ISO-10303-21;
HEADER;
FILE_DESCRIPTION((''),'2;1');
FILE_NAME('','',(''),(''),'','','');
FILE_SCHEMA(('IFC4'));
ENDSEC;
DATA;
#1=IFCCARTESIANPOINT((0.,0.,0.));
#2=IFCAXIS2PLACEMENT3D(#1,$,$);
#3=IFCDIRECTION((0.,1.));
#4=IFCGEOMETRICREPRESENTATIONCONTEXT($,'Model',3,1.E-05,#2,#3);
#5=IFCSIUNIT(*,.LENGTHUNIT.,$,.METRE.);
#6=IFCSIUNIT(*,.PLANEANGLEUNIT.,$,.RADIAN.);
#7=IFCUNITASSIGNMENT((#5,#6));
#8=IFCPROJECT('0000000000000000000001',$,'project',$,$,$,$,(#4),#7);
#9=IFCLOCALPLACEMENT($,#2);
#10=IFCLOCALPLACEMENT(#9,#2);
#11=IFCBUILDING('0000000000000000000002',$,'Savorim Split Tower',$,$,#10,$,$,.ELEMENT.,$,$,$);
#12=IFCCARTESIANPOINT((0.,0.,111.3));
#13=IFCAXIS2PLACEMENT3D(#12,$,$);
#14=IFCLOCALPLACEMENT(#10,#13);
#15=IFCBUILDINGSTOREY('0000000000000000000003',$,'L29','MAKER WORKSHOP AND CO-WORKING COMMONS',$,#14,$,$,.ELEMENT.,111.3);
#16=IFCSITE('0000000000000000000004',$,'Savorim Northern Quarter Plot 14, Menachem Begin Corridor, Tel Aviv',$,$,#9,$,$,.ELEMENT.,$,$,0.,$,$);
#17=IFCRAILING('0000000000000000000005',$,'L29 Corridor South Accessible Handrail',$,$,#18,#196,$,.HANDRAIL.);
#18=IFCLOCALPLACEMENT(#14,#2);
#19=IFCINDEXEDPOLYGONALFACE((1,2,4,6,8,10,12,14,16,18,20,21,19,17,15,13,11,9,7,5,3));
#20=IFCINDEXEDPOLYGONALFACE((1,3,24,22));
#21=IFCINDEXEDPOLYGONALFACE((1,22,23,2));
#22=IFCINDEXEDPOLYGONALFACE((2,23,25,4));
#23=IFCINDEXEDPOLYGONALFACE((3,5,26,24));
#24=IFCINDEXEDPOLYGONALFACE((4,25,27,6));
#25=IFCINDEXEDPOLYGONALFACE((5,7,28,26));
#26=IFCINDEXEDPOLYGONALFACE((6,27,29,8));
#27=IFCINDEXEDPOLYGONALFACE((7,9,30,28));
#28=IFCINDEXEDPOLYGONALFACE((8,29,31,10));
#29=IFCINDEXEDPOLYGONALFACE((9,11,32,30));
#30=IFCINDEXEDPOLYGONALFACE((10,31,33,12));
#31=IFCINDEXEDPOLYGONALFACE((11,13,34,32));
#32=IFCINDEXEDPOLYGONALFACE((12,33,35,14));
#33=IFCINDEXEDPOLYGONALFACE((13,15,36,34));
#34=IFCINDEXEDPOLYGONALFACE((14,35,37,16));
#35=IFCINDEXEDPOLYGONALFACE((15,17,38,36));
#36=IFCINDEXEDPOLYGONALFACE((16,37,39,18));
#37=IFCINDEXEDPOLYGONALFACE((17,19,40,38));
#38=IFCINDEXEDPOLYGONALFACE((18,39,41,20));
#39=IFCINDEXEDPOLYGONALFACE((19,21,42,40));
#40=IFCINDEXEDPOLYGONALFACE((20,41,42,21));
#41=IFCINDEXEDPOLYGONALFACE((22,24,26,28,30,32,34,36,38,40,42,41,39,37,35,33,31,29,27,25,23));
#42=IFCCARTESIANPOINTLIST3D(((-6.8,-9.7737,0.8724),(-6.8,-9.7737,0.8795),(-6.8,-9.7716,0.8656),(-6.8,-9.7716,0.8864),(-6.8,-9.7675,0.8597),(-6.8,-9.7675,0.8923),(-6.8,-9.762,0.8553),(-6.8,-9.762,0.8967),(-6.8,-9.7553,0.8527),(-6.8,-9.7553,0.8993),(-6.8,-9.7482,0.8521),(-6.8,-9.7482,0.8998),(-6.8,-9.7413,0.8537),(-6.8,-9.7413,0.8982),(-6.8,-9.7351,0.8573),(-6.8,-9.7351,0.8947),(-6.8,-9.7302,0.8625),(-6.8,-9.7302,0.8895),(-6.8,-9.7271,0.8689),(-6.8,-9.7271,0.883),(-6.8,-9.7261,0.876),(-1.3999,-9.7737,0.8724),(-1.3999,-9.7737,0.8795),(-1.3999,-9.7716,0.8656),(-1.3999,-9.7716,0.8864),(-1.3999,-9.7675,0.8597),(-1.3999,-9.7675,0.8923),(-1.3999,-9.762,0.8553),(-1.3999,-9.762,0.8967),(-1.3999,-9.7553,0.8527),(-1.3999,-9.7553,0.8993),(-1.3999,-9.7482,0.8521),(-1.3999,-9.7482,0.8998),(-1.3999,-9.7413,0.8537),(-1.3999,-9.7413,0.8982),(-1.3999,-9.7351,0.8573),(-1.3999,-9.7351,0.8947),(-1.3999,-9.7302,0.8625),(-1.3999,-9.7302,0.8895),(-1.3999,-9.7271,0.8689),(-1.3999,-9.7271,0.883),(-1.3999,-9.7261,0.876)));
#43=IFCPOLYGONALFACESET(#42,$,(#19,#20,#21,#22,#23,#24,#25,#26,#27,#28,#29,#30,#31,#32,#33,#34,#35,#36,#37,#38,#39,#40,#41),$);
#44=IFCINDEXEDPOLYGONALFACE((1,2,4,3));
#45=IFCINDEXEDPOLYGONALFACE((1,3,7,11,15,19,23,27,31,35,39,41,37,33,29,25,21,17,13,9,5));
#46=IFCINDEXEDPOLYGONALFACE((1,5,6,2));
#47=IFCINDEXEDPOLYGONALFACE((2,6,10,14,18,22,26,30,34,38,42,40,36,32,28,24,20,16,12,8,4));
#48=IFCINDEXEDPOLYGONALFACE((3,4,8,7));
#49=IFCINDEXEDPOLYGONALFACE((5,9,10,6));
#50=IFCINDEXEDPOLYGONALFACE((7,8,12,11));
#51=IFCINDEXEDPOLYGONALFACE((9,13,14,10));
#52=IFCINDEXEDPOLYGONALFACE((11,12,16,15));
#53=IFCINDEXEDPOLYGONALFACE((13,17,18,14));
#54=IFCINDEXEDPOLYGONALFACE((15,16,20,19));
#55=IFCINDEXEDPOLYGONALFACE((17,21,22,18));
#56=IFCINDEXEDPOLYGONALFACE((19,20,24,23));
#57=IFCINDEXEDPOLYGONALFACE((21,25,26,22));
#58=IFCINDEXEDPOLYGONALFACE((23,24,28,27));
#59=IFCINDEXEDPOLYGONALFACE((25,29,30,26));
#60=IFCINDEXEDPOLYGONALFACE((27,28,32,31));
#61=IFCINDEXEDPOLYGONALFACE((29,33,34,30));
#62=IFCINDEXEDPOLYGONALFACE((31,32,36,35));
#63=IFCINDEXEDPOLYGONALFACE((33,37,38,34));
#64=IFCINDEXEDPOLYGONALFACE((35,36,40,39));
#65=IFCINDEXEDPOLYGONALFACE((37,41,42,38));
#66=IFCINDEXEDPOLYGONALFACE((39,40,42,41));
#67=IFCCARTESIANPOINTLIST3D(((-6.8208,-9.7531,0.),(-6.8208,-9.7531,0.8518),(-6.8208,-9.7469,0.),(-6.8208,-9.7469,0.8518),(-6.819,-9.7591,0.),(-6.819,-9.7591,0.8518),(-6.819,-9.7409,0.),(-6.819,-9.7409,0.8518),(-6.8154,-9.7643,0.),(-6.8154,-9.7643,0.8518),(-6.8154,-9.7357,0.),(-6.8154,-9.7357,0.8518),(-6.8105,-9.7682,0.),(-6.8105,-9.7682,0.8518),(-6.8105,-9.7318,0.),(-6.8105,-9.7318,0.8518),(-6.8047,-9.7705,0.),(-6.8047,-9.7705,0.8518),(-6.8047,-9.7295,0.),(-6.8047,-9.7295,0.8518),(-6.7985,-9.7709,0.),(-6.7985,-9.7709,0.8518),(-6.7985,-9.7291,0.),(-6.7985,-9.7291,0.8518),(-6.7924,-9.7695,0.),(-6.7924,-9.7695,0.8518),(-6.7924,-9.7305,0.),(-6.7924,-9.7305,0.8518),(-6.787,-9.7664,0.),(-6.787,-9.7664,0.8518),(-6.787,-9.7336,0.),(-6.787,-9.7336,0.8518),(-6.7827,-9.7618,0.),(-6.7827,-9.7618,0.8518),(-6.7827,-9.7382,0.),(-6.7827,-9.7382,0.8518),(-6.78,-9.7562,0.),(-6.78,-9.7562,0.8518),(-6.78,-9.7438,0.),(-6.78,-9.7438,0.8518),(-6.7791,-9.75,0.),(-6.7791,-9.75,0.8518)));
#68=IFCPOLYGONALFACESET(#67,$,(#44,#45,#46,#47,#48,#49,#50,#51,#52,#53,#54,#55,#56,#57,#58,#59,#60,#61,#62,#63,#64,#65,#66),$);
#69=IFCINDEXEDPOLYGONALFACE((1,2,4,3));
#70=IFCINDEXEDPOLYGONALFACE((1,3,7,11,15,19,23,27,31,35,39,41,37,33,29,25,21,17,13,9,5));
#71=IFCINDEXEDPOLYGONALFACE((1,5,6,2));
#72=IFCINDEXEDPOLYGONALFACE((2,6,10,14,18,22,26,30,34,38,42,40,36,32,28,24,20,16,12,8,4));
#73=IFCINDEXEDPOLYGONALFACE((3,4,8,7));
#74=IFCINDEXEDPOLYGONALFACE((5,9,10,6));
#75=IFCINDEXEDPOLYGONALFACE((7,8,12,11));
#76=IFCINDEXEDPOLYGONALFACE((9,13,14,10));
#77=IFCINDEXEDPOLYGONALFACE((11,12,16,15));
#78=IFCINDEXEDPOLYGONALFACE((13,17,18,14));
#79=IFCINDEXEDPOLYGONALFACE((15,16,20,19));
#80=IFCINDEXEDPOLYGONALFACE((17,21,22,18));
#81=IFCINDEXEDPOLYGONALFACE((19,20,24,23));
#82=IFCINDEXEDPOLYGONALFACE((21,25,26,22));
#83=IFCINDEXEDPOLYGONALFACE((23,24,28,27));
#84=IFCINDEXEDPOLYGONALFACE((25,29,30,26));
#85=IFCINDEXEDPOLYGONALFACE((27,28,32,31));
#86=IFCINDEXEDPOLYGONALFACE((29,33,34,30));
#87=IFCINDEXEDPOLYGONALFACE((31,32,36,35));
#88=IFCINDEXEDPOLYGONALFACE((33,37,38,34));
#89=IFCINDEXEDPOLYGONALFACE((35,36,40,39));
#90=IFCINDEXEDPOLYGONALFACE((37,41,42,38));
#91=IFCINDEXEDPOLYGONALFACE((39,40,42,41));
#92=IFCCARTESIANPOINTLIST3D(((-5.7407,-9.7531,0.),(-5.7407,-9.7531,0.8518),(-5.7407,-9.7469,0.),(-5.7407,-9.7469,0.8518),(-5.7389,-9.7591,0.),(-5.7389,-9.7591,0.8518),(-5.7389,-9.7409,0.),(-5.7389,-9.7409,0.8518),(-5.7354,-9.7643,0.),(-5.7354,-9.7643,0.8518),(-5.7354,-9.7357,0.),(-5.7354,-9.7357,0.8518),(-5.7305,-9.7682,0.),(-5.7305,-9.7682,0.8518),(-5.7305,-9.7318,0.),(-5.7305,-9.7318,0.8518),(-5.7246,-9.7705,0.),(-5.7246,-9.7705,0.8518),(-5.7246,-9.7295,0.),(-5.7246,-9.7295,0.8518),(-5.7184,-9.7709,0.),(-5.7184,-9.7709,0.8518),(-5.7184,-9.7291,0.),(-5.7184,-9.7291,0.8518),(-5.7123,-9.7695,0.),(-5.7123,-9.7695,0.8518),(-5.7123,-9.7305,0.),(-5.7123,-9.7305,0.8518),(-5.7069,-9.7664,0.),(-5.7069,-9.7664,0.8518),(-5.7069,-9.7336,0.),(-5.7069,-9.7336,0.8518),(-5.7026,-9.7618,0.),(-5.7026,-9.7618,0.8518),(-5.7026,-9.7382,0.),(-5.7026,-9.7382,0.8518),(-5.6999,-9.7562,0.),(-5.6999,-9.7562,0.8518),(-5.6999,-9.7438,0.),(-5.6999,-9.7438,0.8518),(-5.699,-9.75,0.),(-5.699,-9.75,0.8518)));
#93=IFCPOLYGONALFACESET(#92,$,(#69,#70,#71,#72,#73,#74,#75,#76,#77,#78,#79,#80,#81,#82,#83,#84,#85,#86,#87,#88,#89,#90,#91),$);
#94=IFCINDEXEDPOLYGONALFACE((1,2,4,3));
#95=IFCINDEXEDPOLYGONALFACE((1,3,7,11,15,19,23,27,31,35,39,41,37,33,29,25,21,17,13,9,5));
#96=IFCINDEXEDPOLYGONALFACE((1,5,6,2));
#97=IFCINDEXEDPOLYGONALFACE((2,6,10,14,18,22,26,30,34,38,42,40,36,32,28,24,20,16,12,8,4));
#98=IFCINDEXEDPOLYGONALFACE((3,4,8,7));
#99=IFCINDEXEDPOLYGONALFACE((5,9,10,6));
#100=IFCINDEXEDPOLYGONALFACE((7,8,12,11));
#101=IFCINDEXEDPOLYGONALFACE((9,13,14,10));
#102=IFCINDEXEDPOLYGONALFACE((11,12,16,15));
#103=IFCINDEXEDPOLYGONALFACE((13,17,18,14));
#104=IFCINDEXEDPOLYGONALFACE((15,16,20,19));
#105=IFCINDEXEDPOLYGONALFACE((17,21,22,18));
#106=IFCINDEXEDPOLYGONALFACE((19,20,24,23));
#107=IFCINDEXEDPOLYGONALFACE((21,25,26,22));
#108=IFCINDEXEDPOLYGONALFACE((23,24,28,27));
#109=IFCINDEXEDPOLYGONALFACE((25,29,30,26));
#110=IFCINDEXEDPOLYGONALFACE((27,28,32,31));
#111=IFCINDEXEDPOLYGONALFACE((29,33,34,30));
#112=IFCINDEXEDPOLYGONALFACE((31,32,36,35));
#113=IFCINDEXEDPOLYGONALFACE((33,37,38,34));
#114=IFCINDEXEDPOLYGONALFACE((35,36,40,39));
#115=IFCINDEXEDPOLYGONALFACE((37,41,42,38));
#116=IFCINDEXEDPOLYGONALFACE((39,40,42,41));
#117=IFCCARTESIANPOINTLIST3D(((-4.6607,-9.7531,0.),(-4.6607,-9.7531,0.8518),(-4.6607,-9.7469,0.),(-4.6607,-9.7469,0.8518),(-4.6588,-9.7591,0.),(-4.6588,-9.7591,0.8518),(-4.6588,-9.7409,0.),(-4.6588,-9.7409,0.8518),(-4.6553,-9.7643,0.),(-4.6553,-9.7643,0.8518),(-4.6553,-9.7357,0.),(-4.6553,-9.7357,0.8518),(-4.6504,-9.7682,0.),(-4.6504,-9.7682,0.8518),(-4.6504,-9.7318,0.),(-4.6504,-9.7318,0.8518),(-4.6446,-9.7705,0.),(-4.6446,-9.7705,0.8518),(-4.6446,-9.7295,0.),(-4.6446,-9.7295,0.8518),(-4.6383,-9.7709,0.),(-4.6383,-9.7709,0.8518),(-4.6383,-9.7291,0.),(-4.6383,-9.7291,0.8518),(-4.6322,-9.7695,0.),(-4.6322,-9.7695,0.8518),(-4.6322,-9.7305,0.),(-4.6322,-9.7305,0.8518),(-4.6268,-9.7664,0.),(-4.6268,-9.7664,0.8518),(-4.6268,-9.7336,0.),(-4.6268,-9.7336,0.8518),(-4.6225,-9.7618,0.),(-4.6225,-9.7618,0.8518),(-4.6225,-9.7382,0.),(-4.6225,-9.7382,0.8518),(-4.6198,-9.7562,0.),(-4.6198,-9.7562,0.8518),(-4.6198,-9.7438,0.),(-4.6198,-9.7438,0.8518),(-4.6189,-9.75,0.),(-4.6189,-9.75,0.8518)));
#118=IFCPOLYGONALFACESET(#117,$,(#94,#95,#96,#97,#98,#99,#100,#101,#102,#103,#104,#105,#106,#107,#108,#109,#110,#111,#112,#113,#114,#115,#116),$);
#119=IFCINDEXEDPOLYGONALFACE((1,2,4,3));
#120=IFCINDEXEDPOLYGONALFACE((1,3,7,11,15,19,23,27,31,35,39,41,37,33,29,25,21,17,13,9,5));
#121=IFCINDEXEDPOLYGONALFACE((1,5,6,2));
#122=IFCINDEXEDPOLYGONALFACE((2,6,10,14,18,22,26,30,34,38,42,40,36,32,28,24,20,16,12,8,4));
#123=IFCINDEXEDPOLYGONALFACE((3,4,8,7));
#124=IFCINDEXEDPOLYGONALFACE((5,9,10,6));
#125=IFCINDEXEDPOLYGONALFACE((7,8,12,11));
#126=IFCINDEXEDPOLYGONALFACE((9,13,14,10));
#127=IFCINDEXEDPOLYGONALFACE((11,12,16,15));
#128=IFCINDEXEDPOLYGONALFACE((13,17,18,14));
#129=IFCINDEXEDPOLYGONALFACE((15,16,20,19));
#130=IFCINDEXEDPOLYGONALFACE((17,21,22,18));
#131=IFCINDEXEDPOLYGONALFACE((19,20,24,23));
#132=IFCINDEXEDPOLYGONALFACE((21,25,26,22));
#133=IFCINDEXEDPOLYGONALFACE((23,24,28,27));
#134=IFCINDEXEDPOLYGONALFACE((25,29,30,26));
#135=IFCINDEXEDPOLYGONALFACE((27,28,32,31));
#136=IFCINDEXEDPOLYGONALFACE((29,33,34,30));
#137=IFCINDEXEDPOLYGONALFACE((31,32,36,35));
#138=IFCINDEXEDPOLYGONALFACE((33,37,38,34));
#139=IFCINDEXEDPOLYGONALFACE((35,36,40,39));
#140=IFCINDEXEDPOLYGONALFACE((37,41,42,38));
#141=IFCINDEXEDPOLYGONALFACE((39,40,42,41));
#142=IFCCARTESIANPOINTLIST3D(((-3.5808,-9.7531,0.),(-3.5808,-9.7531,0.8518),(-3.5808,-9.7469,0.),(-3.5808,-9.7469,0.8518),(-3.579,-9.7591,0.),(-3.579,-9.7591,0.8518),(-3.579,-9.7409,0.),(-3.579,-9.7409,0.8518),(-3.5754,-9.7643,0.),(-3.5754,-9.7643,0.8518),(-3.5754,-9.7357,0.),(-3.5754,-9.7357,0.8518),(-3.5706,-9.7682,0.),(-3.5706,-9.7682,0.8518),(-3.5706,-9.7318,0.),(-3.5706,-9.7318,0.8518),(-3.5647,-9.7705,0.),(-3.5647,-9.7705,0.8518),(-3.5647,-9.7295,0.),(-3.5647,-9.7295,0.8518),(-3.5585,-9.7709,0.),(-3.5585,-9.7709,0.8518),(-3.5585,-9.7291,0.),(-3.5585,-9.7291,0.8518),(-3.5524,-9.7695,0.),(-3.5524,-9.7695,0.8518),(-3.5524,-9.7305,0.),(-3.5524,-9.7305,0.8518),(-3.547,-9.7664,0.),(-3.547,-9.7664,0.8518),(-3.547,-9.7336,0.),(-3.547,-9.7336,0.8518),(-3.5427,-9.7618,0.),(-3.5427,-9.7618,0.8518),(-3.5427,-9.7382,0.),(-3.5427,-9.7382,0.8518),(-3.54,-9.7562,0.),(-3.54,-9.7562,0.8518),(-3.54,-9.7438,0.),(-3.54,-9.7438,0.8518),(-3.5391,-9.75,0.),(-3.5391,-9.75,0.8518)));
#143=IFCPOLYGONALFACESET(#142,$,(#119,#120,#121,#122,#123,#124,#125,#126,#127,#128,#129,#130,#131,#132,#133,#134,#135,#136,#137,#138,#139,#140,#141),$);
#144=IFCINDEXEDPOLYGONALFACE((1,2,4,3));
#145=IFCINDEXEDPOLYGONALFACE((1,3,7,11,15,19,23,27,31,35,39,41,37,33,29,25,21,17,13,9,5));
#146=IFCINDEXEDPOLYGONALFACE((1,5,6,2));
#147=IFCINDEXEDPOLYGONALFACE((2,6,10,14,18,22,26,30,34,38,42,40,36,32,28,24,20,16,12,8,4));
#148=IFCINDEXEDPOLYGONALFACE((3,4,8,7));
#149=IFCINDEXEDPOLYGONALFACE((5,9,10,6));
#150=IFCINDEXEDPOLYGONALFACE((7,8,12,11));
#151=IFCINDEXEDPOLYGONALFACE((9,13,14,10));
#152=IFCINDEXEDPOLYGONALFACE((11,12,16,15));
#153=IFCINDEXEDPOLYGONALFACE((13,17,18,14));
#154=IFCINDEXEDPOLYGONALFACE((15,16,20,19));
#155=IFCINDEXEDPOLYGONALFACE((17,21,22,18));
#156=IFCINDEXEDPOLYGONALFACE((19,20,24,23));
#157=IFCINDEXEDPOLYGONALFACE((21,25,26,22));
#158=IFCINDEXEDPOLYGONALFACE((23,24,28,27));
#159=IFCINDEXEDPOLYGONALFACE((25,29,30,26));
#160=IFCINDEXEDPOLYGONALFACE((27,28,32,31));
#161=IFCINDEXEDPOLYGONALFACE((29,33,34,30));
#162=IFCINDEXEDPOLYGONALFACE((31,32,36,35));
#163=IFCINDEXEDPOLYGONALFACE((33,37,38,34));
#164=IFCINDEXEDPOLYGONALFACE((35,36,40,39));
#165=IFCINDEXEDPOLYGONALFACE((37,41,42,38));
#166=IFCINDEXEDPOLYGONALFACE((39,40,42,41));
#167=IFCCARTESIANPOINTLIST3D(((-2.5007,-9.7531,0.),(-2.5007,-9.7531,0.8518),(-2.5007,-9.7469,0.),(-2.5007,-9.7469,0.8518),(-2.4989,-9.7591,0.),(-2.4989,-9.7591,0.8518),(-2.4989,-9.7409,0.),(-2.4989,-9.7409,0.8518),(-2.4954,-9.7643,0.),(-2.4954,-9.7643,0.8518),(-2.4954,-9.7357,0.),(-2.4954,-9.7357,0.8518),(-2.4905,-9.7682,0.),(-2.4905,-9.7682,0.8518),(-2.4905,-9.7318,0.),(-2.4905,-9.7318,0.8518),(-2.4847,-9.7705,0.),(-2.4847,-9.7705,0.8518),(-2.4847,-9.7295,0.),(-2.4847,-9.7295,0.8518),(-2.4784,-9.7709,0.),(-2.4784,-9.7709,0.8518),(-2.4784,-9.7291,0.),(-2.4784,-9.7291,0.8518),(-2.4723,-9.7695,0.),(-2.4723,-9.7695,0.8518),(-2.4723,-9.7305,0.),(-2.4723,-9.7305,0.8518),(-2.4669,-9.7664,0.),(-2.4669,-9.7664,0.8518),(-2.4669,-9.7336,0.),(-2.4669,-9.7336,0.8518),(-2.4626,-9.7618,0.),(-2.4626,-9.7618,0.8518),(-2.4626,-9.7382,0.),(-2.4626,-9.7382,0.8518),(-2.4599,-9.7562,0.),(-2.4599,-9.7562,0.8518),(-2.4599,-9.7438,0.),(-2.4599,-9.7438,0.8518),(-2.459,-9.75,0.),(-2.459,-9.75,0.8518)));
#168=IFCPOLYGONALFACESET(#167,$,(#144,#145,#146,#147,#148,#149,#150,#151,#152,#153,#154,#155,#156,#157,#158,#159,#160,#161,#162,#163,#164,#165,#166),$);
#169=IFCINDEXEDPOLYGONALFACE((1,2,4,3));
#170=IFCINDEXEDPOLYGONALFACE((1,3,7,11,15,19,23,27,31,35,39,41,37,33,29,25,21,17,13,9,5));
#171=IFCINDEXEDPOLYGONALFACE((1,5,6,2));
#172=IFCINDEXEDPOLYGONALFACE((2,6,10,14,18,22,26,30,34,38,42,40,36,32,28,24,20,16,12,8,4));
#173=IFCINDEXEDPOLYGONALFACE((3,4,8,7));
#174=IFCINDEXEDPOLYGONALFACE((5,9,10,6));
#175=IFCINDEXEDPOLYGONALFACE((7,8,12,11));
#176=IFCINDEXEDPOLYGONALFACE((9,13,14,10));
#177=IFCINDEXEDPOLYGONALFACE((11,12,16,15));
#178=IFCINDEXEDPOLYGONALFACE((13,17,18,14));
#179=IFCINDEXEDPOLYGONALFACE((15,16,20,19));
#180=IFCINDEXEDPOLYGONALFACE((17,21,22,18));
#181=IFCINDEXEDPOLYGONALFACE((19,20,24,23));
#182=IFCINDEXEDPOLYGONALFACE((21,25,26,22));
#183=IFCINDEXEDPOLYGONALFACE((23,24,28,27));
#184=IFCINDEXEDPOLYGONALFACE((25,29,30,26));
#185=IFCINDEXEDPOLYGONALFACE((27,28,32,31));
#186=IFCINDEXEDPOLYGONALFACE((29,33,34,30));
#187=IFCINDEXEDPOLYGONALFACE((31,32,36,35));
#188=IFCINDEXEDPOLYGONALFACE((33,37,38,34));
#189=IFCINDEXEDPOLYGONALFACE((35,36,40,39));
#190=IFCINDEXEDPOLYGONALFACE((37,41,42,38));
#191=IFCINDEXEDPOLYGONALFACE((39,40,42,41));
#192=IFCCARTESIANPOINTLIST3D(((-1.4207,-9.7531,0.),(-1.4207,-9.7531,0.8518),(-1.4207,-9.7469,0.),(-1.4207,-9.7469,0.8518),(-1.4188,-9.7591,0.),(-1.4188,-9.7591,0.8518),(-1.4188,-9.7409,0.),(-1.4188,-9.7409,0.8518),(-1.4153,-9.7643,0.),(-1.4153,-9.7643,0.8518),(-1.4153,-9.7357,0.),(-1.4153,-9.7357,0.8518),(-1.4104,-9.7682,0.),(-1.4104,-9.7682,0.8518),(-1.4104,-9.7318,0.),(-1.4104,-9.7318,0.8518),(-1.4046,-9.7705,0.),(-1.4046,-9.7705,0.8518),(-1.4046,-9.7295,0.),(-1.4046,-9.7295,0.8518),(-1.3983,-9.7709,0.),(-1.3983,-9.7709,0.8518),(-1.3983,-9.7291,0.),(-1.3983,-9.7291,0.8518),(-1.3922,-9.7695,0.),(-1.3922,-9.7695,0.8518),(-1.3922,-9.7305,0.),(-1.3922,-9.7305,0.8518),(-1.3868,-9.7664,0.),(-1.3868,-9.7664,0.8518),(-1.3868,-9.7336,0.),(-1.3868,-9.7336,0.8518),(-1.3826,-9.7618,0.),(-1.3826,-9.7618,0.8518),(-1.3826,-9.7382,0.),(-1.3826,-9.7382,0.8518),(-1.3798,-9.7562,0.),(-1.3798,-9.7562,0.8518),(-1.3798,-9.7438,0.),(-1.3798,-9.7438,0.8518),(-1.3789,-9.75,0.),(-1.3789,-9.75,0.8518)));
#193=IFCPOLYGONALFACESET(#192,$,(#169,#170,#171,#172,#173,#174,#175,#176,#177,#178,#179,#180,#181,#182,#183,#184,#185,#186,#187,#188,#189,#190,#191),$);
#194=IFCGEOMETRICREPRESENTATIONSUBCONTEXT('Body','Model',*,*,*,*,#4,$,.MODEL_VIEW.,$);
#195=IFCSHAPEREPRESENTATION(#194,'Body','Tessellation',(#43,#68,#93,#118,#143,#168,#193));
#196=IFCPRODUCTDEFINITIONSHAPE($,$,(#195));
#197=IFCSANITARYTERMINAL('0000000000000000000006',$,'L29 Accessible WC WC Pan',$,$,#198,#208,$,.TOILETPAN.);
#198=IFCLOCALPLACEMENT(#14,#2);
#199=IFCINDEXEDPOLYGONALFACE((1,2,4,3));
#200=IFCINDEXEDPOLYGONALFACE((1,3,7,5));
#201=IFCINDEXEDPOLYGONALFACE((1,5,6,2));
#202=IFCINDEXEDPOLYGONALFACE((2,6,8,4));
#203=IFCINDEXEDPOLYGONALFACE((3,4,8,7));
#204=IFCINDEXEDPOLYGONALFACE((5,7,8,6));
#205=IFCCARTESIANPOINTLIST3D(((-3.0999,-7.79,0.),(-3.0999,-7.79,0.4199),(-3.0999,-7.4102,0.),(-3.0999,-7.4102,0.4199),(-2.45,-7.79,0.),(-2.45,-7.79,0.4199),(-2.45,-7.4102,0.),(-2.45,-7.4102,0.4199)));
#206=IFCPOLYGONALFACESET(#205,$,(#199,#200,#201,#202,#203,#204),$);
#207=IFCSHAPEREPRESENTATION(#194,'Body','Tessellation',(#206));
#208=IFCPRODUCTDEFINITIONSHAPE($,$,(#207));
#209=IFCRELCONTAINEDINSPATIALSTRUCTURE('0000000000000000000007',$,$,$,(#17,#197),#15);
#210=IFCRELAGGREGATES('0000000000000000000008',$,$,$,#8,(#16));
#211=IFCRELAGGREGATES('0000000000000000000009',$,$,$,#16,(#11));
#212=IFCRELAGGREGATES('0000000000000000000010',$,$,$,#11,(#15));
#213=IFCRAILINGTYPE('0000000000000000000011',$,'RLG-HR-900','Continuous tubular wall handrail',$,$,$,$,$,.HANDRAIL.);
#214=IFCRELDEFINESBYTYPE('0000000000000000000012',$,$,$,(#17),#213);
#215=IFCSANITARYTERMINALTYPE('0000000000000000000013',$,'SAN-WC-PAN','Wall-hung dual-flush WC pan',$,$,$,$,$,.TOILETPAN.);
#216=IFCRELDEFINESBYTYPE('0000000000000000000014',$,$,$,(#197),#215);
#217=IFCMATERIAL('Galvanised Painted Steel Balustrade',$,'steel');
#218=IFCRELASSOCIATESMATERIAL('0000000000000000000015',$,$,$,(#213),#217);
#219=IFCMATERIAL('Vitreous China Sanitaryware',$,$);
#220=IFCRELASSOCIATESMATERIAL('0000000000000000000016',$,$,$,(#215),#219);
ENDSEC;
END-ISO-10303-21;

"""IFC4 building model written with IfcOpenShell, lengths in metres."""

from ifc_helpers import new_model, si_unit, direction, frame, origin, origin_2d, place, context, subcontext, project, spatial, rectangle, circle, extrude, material, type_object, element, save


model = new_model("IFC4")

# Units and contexts
model_context = context("Model", 3, precision=1e-05, world=origin(), true_north=direction((0.0, 1.0)))
body_context = subcontext(model_context, "Body", "Model", "MODEL_VIEW")
ifc_project = project(units=[si_unit("LENGTHUNIT", "METRE"), si_unit("PLANEANGLEUNIT", "RADIAN")], contexts=[model_context])

# Site, building, storey
site_placement = place(None, origin())
site = spatial("IfcSite", under=ifc_project, at=site_placement, Name="Savorim Northern Quarter Plot 14, Menachem Begin Corridor, Tel Aviv", CompositionType="ELEMENT", RefElevation=0.0)
building_placement = place(site_placement, origin())
building = spatial("IfcBuilding", under=site, at=building_placement, Name="Savorim Split Tower", CompositionType="ELEMENT")
storey_placement = place(building_placement, frame((0.0, 0.0, 111.3)))
storey = spatial("IfcBuildingStorey", under=building, at=storey_placement, Name="L29", Description="MAKER WORKSHOP AND CO-WORKING COMMONS", CompositionType="ELEMENT", Elevation=111.3)

# Railing
ifc_material_1 = material(Name="Galvanised Painted Steel Balustrade", Category="steel")
railing_type = type_object("IfcRailingType", Name="RLG-HR-900", Description="Continuous tubular wall handrail", PredefinedType="HANDRAIL", material=ifc_material_1)
railing_1_placement = place(storey_placement, frame((-6.8, -9.75, 0.0)))
element("IfcRailing", 1, at=railing_1_placement, inside=storey, type_object=railing_type, Name="L29 Corridor South Accessible Handrail", PredefinedType="HANDRAIL", context=body_context, shape_type="SweptSolid", body=[
    extrude(circle(Radius=0.0239, at=origin_2d()), frame((0.0, 0.0, 0.876), z_axis=(1.0, 0.0, 0.0), x_axis=(0.0, 1.0, 0.0)), (0.0, 0.0, 1.0), 5.4001),
    extrude(circle(Radius=0.021, at=origin_2d()), origin(), (0.0, 0.0, 1.0), 0.8518),
    extrude(circle(Radius=0.021, at=origin_2d()), frame((1.0801, 0.0, 0.0)), (0.0, 0.0, 1.0), 0.8518),
    extrude(circle(Radius=0.021, at=origin_2d()), frame((2.1602, 0.0, 0.0)), (0.0, 0.0, 1.0), 0.8518),
    extrude(circle(Radius=0.021, at=origin_2d()), frame((3.24, 0.0, 0.0)), (0.0, 0.0, 1.0), 0.8518),
    extrude(circle(Radius=0.021, at=origin_2d()), frame((4.3201, 0.0, 0.0)), (0.0, 0.0, 1.0), 0.8518),
    extrude(circle(Radius=0.021, at=origin_2d()), frame((5.4001, 0.0, 0.0)), (0.0, 0.0, 1.0), 0.8518),
])

# Sanitary terminal
ifc_material_2 = material(Name="Vitreous China Sanitaryware")
sanitary_terminal_type_1 = type_object("IfcSanitaryTerminalType", Name="SAN-WC-PAN", Description="Wall-hung dual-flush WC pan", PredefinedType="TOILETPAN", material=ifc_material_2)
sanitary_terminal_1_placement = place(storey_placement, frame((-2.7749, -7.6001, 0.0), z_axis=(0.0, 0.0, 1.0), x_axis=(1.0, 0.0, 0.0)))
element("IfcSanitaryTerminal", 2, at=sanitary_terminal_1_placement, inside=storey, type_object=sanitary_terminal_type_1, Name="L29 Accessible WC WC Pan", PredefinedType="TOILETPAN", context=body_context, shape_type="SweptSolid", body=[
    extrude(rectangle(XDim=0.6499, YDim=0.3799, at=origin_2d()), origin(), (0.0, 0.0, 1.0), 0.4199),
])

save(model, "model.ifc")
